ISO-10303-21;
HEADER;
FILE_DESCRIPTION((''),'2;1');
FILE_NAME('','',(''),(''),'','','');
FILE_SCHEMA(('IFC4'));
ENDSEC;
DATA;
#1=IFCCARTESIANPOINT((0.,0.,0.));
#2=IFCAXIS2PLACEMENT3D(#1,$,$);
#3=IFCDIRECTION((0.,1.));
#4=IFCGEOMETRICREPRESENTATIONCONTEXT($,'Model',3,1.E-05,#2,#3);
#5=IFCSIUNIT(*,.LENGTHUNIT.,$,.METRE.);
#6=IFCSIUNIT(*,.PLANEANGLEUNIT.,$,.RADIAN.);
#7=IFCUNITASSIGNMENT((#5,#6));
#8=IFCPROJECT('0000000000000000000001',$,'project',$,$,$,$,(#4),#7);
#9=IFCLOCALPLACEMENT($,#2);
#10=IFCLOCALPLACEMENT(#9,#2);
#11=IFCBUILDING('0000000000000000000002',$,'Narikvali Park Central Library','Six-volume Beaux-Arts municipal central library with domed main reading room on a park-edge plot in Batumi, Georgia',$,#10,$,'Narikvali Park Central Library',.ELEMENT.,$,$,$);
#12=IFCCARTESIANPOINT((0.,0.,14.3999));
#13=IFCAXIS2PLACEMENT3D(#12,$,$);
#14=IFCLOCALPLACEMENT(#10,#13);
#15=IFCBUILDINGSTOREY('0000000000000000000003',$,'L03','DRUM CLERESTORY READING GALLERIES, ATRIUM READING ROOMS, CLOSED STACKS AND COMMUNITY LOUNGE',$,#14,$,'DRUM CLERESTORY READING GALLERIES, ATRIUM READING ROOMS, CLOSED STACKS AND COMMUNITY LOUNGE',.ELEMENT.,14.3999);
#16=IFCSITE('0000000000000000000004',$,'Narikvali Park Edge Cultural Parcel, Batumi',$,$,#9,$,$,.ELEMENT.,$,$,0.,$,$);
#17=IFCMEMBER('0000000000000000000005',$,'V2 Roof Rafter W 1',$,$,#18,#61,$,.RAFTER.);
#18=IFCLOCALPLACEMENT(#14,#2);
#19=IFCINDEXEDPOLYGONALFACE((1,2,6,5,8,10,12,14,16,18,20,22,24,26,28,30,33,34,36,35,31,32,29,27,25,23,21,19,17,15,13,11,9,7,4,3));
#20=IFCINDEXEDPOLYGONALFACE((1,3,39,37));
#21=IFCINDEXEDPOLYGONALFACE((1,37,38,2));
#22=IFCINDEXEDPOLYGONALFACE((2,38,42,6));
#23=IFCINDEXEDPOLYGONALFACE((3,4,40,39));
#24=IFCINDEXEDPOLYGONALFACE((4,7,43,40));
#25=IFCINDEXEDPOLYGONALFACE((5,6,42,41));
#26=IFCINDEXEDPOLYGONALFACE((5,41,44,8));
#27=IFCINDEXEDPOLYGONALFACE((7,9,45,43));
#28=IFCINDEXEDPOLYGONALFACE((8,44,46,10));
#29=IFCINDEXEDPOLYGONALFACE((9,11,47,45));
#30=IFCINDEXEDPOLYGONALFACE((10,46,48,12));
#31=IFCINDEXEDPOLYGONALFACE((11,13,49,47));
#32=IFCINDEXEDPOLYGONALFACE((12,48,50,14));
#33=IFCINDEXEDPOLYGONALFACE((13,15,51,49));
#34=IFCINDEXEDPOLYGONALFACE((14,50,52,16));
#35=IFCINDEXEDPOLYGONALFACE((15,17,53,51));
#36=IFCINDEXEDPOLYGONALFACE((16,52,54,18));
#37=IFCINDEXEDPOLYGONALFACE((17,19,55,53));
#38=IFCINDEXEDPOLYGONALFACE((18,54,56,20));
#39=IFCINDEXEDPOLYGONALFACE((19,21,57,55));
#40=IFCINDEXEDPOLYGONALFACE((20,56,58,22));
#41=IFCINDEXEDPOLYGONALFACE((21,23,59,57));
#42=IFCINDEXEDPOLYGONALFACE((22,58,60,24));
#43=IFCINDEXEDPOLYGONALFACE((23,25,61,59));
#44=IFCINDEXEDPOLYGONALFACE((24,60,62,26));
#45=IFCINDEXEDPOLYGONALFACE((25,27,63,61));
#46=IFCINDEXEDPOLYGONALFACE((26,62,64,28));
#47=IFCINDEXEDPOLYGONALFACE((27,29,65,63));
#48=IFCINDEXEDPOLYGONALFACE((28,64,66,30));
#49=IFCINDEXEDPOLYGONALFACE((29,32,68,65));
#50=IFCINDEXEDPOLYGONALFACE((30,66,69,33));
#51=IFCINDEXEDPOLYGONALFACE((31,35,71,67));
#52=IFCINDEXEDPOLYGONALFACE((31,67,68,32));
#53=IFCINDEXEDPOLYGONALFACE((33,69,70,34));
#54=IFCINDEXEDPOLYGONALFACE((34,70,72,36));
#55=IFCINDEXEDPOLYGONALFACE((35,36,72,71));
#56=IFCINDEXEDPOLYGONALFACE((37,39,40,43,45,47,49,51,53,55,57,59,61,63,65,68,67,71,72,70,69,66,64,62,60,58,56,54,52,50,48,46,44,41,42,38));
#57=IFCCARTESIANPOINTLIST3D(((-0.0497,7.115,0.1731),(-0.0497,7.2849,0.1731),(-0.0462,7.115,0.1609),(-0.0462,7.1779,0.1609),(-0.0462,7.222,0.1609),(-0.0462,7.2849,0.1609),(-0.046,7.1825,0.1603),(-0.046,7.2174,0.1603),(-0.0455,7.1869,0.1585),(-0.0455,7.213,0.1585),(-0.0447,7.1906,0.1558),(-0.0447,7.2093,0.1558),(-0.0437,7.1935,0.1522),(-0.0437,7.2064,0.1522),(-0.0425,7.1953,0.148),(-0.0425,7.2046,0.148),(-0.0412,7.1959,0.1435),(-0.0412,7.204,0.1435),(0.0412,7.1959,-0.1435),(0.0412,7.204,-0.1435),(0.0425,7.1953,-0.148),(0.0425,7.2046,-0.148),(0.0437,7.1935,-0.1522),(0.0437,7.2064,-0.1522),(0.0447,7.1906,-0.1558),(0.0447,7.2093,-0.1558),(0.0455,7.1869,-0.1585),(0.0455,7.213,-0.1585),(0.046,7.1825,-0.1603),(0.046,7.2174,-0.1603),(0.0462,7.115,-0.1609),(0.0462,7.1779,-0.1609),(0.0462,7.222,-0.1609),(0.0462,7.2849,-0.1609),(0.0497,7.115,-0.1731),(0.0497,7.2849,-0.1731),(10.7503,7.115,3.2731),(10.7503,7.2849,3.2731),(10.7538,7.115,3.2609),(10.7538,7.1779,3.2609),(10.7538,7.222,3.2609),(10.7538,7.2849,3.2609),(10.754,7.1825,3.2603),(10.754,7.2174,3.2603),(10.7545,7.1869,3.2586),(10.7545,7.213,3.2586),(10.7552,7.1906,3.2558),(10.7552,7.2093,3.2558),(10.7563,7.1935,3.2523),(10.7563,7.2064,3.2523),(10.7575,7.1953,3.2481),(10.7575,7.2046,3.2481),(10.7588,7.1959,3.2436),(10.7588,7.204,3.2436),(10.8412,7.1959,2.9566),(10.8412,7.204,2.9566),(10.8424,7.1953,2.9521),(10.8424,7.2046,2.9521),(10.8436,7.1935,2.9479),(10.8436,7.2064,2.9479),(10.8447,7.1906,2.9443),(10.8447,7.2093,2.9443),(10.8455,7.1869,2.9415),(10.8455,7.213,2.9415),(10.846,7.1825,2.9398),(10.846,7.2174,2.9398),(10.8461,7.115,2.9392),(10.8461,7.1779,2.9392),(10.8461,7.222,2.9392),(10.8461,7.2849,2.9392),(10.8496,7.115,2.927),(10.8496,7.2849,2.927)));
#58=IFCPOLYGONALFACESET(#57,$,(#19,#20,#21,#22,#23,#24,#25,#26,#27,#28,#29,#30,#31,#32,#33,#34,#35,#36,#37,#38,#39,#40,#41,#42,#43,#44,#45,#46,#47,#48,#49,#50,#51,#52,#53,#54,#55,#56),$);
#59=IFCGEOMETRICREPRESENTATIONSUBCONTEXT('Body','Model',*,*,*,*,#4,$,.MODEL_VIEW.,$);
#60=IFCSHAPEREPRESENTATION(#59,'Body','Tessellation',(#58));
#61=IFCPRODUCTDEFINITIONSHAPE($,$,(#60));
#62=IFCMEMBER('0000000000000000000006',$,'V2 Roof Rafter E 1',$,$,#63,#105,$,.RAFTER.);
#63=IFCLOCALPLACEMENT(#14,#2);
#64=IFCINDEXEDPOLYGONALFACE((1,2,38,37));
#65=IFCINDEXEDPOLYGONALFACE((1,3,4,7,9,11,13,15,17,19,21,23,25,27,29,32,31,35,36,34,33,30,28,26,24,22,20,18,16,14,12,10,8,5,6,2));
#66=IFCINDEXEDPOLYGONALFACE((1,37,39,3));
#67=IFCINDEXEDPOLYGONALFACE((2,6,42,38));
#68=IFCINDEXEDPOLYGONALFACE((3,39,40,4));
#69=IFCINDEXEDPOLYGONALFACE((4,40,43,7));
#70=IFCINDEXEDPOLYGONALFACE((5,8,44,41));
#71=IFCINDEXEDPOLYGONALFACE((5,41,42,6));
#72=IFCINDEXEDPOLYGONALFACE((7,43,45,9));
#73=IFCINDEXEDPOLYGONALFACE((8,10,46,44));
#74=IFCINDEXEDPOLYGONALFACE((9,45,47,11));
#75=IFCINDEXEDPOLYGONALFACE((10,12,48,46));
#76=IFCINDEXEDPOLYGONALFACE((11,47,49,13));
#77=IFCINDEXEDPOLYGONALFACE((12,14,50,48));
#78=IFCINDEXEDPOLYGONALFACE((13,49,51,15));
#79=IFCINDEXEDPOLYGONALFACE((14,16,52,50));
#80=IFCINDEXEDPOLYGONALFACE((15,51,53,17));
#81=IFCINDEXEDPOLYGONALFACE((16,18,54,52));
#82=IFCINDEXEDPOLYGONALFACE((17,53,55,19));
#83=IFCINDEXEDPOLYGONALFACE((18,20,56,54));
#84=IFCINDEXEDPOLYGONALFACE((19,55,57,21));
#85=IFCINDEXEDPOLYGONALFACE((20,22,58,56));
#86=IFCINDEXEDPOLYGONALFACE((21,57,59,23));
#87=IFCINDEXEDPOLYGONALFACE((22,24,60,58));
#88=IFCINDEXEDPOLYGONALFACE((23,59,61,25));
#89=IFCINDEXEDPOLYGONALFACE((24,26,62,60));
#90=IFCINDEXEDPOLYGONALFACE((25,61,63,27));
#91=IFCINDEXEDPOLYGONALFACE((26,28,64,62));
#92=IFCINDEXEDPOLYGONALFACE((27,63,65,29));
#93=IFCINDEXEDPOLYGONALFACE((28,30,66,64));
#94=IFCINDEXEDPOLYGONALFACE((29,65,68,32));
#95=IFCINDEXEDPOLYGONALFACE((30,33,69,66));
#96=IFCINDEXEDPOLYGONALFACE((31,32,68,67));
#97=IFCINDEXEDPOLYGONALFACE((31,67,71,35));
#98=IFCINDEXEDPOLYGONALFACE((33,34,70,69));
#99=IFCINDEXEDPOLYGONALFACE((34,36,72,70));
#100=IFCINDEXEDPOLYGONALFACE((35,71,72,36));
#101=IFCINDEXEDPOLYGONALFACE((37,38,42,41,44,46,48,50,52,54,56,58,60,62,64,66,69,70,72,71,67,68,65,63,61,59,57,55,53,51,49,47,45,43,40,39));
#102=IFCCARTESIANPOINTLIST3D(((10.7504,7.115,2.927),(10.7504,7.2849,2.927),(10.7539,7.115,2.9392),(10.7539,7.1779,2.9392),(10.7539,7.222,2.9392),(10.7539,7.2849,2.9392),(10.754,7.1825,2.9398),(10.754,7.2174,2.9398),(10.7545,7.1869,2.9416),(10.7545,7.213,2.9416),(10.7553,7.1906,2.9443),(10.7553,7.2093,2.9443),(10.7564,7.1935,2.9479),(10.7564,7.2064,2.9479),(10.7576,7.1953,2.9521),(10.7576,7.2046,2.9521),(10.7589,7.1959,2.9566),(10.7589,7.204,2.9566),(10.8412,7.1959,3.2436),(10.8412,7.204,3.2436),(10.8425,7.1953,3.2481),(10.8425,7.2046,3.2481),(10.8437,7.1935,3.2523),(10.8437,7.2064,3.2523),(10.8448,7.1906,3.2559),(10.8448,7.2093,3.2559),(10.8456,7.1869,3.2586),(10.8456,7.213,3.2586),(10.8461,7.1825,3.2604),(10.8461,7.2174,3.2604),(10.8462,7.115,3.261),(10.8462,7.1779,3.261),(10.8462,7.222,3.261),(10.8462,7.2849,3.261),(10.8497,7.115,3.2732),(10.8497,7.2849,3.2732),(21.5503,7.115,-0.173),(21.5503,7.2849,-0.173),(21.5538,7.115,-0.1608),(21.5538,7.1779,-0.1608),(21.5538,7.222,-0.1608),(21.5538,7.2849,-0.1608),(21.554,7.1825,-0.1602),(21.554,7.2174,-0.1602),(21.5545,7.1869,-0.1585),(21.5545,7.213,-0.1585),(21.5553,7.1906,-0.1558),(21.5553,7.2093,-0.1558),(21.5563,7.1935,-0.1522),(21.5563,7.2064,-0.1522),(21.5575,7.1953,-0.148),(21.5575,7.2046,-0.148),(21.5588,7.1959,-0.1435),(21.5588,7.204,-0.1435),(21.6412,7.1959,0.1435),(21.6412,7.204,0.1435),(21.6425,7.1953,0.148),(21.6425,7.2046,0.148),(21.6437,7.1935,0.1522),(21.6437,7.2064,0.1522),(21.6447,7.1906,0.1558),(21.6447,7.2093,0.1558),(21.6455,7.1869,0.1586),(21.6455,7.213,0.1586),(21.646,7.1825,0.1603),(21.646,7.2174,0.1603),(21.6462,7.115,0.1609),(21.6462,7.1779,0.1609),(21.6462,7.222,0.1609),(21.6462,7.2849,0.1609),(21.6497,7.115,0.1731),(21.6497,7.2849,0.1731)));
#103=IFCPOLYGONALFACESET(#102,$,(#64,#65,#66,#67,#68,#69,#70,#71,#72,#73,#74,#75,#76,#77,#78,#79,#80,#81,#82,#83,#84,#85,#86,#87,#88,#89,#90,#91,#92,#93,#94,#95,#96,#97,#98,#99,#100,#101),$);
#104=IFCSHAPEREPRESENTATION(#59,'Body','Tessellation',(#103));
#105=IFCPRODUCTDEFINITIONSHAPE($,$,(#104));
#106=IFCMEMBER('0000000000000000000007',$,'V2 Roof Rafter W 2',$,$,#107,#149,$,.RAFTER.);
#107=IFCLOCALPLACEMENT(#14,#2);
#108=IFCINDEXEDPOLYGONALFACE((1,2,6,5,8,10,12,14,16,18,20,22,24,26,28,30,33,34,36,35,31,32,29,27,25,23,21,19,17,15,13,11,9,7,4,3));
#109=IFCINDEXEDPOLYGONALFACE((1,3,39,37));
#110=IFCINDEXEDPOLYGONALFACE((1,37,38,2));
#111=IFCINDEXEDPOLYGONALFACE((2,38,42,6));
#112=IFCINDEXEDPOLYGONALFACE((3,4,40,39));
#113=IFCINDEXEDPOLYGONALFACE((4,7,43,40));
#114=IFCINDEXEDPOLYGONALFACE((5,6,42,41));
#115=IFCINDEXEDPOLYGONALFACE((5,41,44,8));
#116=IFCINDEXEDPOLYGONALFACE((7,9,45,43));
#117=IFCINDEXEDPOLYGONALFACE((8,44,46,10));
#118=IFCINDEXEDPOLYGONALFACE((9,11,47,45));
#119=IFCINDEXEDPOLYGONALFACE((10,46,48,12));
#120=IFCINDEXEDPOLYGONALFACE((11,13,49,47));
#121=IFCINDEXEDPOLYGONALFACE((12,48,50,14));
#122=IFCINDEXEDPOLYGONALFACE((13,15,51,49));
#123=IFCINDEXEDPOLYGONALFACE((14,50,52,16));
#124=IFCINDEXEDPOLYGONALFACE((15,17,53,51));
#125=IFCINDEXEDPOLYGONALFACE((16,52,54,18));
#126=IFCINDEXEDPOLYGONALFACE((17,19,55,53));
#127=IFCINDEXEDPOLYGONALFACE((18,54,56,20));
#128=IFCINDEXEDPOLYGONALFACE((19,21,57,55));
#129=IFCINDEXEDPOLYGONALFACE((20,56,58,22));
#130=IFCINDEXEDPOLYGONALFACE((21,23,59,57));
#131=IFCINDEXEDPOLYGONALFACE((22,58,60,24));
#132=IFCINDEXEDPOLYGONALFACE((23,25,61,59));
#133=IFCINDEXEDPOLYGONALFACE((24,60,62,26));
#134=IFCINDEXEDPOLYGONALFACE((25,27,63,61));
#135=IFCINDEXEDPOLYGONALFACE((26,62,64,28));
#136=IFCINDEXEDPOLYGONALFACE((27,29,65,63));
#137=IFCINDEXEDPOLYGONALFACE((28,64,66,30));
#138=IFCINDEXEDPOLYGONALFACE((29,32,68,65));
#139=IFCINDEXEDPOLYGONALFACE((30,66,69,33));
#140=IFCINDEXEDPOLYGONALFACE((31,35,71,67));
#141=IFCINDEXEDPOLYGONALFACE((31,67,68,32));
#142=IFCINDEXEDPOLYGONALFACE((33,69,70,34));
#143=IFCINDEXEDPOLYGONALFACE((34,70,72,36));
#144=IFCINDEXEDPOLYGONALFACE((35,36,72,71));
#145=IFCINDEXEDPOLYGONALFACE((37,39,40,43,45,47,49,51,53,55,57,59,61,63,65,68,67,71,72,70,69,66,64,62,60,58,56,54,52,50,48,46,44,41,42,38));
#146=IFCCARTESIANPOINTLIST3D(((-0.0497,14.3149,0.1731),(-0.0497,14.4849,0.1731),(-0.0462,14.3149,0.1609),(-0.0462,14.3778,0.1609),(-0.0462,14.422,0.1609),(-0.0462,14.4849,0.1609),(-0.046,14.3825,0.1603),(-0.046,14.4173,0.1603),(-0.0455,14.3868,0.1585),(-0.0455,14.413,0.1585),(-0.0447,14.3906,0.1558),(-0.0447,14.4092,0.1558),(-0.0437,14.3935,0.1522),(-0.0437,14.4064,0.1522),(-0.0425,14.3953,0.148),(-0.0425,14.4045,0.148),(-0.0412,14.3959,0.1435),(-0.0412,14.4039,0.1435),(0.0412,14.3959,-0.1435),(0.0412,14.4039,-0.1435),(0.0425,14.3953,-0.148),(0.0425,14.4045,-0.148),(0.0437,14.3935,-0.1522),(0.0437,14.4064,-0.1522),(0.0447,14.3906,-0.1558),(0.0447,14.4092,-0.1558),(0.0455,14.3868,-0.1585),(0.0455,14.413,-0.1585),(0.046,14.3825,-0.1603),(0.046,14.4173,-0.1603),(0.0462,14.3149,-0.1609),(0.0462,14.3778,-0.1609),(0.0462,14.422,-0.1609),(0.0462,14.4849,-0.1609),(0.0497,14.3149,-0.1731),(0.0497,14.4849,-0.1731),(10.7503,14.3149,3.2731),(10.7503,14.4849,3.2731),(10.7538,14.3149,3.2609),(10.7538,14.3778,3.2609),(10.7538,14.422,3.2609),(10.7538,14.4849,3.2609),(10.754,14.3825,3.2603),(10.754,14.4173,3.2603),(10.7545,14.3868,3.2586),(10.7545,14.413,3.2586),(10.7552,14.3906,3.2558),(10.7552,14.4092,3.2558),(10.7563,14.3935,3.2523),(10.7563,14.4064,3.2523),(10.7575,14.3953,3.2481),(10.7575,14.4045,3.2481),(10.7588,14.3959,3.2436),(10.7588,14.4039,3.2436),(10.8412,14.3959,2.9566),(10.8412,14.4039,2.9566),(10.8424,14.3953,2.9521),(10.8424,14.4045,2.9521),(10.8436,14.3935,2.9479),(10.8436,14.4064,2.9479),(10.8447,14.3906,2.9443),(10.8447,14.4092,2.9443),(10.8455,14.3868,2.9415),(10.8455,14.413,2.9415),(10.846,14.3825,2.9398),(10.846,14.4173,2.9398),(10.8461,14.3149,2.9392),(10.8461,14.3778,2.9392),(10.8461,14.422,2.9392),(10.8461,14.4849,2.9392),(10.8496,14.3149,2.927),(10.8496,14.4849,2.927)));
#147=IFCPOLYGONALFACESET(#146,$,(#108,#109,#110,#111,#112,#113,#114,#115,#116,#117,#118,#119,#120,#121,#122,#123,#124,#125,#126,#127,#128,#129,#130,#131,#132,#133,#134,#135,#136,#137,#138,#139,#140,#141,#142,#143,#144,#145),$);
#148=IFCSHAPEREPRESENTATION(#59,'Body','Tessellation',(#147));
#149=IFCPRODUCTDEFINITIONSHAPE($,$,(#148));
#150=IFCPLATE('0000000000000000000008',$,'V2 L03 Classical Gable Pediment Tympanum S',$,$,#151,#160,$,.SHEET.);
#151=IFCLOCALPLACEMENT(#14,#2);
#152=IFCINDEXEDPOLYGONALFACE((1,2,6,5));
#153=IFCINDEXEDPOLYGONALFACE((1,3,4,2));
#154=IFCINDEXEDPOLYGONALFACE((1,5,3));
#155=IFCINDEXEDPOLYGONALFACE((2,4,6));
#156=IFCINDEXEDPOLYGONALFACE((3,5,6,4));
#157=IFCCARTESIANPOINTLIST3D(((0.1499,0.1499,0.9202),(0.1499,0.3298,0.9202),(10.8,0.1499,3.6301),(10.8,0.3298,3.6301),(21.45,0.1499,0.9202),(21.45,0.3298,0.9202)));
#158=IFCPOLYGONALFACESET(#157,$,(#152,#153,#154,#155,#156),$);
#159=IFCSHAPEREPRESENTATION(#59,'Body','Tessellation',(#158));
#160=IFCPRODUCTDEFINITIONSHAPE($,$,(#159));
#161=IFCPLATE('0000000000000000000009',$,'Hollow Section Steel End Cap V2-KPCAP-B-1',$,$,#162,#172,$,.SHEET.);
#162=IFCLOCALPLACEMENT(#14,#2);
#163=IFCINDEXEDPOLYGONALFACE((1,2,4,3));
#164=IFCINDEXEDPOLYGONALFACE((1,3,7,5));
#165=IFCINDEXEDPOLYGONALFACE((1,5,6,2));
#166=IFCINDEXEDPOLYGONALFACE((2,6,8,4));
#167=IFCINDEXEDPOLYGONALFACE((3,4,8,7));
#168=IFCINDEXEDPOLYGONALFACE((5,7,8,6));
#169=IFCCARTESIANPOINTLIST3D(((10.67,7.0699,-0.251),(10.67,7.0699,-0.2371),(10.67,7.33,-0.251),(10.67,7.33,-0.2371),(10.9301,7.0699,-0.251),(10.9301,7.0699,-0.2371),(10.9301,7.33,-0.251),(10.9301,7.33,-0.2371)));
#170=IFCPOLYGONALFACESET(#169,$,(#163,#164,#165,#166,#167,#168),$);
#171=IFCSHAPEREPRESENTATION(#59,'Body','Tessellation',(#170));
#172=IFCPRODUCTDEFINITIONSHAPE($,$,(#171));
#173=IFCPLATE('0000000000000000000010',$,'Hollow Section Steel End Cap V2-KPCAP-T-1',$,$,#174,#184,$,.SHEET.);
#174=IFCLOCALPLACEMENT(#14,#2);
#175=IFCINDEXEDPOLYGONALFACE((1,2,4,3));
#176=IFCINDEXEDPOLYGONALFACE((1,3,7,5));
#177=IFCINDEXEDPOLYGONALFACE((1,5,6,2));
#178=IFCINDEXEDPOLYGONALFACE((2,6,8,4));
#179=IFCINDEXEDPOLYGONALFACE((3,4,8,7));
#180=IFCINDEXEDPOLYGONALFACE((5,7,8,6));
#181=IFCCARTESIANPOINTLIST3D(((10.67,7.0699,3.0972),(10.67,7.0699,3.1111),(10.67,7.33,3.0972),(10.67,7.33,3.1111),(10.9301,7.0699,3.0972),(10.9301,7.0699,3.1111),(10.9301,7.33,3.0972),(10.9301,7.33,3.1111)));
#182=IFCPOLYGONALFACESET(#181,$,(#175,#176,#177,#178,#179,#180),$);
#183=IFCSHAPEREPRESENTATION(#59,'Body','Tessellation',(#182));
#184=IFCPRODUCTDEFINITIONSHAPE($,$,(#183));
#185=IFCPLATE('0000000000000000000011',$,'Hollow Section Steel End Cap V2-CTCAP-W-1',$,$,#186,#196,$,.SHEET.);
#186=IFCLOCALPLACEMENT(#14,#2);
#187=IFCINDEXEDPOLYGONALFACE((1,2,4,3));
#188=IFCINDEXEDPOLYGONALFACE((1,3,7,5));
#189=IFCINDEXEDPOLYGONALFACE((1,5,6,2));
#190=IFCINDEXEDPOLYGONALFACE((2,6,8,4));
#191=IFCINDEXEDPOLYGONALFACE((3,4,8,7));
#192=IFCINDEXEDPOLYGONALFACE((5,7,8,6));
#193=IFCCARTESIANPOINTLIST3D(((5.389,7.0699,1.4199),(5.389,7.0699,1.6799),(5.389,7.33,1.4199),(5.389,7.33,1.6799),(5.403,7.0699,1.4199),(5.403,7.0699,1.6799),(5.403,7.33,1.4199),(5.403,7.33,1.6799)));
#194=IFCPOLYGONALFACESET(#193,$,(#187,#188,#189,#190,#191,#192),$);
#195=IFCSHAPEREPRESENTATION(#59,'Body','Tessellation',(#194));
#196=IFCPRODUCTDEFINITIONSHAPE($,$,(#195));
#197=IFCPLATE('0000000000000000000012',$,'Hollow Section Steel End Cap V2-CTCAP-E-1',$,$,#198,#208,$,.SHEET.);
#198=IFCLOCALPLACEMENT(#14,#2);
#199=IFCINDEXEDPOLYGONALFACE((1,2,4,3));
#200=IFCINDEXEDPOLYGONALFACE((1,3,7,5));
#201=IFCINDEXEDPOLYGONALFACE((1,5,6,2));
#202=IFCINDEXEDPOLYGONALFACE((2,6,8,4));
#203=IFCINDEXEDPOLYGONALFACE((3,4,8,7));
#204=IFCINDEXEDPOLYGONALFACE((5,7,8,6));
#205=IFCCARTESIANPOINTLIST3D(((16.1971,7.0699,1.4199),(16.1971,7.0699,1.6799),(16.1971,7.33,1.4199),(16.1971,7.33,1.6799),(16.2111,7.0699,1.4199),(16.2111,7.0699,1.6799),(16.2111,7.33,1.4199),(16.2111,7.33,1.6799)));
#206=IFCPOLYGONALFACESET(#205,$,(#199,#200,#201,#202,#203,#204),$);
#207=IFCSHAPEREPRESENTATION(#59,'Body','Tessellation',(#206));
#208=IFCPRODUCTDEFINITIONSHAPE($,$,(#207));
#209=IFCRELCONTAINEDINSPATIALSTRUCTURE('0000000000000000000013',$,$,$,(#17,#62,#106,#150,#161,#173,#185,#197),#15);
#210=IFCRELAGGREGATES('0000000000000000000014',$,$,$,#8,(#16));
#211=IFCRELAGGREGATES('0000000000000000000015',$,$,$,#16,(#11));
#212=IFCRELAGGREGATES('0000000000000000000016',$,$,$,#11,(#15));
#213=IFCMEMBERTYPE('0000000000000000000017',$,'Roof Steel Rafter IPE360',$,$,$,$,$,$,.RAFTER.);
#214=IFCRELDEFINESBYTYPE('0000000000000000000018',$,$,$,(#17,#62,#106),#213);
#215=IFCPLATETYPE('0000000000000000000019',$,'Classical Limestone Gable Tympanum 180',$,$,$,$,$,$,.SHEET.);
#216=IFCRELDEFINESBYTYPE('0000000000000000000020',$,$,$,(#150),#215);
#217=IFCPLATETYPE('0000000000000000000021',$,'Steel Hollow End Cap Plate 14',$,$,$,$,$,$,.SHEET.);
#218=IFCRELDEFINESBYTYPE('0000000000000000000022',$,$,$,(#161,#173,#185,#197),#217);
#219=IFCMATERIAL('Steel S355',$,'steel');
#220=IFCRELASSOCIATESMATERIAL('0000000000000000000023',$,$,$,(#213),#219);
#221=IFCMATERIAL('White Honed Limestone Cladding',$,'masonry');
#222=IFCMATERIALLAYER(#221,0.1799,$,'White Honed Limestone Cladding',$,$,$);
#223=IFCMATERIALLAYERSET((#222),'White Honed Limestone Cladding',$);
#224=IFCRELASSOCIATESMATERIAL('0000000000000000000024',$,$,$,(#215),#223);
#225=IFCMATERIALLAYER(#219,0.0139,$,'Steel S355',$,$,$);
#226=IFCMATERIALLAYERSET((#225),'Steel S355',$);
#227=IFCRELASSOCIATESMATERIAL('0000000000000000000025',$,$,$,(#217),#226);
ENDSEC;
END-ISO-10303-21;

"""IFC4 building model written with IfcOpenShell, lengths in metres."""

from ifc_helpers import new_model, si_unit, direction, frame, origin, origin_2d, place, context, subcontext, project, spatial, polyline, rectangle, i_section, outline, extrude, material, layer, layer_set, material_profile, profile_set, type_object, element, save


model = new_model("IFC4")

# Units and contexts
model_context = context("Model", 3, precision=1e-05, world=origin(), true_north=direction((0.0, 1.0)))
body_context = subcontext(model_context, "Body", "Model", "MODEL_VIEW")
ifc_project = project(units=[si_unit("LENGTHUNIT", "METRE"), si_unit("PLANEANGLEUNIT", "RADIAN")], contexts=[model_context])

# Site, building, storey
site_placement = place(None, origin())
site = spatial("IfcSite", under=ifc_project, at=site_placement, Name="Narikvali Park Edge Cultural Parcel, Batumi", CompositionType="ELEMENT", RefElevation=0.0)
building_placement = place(site_placement, origin())
building = spatial("IfcBuilding", under=site, at=building_placement, Name="Narikvali Park Central Library", Description="Six-volume Beaux-Arts municipal central library with domed main reading room on a park-edge plot in Batumi, Georgia", LongName="Narikvali Park Central Library", CompositionType="ELEMENT")
storey_placement = place(building_placement, frame((0.0, 0.0, 14.3999)))
storey = spatial("IfcBuildingStorey", under=building, at=storey_placement, Name="L03", Description="DRUM CLERESTORY READING GALLERIES, ATRIUM READING ROOMS, CLOSED STACKS AND COMMUNITY LOUNGE", LongName="DRUM CLERESTORY READING GALLERIES, ATRIUM READING ROOMS, CLOSED STACKS AND COMMUNITY LOUNGE", CompositionType="ELEMENT", Elevation=14.3999)

# Shared definitions
ifc_material_1 = material(Name="Steel S355", Category="steel")

# Members
ifc_material_profile_1 = material_profile(ifc_material_1, i_section(OverallWidth=0.1699, OverallDepth=0.3601, WebThickness=0.0081, FlangeThickness=0.0127, FilletRadius=0.0181, at=origin_2d()), Name="IPE 360")
ifc_profile_set_1 = profile_set([ifc_material_profile_1], Name="Steel S355")
member_type_1 = type_object("IfcMemberType", Name="Roof Steel Rafter IPE360", PredefinedType="RAFTER", material=ifc_profile_set_1)
for number, where, z_axis, x_axis, name in (
    (1, (0.0, 7.2, 0.0), (0.961185, 0.0, 0.275903), (0.0, 1.0, 0.0), "V2 Roof Rafter W 1"),
    (2, (10.8, 7.2, 3.1001), (0.961185, 0.0, -0.275903), (0.0, 1.0, 0.0), "V2 Roof Rafter E 1"),
    (3, (0.0, 14.3999, 0.0), (0.961185, 0.0, 0.275903), (0.0, 1.0, 0.0), "V2 Roof Rafter W 2"),
):
    element("IfcMember", number, at=place(storey_placement, frame(where, z_axis=z_axis, x_axis=x_axis)), inside=storey, type_object=member_type_1, Name=name, PredefinedType="RAFTER", context=body_context, shape_type="SweptSolid", body=[
        extrude(i_section(OverallWidth=0.1699, OverallDepth=0.3601, WebThickness=0.0081, FlangeThickness=0.0127, FilletRadius=0.0181, at=origin_2d()), origin(), (0.0, 0.0, 1.0), 11.2361),
    ])

# Plates
ifc_material_2 = material(Name="White Honed Limestone Cladding", Category="masonry")
ifc_layer_1 = layer(ifc_material_2, 0.1799, Name="White Honed Limestone Cladding")
ifc_layer_set_1 = layer_set([ifc_layer_1], Name="White Honed Limestone Cladding")
plate_type_1 = type_object("IfcPlateType", Name="Classical Limestone Gable Tympanum 180", PredefinedType="SHEET", material=ifc_layer_set_1)
plate_1_placement = place(storey_placement, frame((0.1499, 0.1499, 0.9202), z_axis=(0.0, -1.0, 0.0), x_axis=(1.0, 0.0, 0.0)))
element("IfcPlate", 4, at=plate_1_placement, inside=storey, type_object=plate_type_1, Name="V2 L03 Classical Gable Pediment Tympanum S", PredefinedType="SHEET", context=body_context, shape_type="SweptSolid", body=[
    extrude(outline(polyline([(0.0, 0.0), (21.3, 0.0), (10.6501, 2.71), (0.0, 0.0)])), origin(), (0.0, 0.0, -1.0), 0.1799),
])
ifc_layer_2 = layer(ifc_material_1, 0.0139, Name="Steel S355")
ifc_layer_set_2 = layer_set([ifc_layer_2], Name="Steel S355")
plate_type_2 = type_object("IfcPlateType", Name="Steel Hollow End Cap Plate 14", PredefinedType="SHEET", material=ifc_layer_set_2)
for number, where, z_axis, x_axis, name in (
    (5, (10.8, 7.2, -0.251), (0.0, 0.0, 1.0), (1.0, 0.0, 0.0), "Hollow Section Steel End Cap V2-KPCAP-B-1"),
    (6, (10.8, 7.2, 3.0972), (0.0, 0.0, 1.0), (1.0, 0.0, 0.0), "Hollow Section Steel End Cap V2-KPCAP-T-1"),
):
    element("IfcPlate", number, at=place(storey_placement, frame(where, z_axis=z_axis, x_axis=x_axis)), inside=storey, type_object=plate_type_2, Name=name, PredefinedType="SHEET", context=body_context, shape_type="SweptSolid", body=[
        extrude(rectangle(XDim=0.26, YDim=0.26, at=origin_2d()), origin(), (0.0, 0.0, 1.0), 0.0139),
    ])
for number, where, z_axis, x_axis, name in (
    (7, (5.396, 7.2, 1.4199), (0.0, 0.0, 1.0), (-1.0, 0.0, 0.0), "Hollow Section Steel End Cap V2-CTCAP-W-1"),
    (8, (16.2041, 7.2, 1.4199), (0.0, 0.0, 1.0), (1.0, 0.0, 0.0), "Hollow Section Steel End Cap V2-CTCAP-E-1"),
):
    element("IfcPlate", number, at=place(storey_placement, frame(where, z_axis=z_axis, x_axis=x_axis)), inside=storey, type_object=plate_type_2, Name=name, PredefinedType="SHEET", context=body_context, shape_type="SweptSolid", body=[
        extrude(rectangle(XDim=0.0139, YDim=0.26, at=origin_2d()), origin(), (0.0, 0.0, 1.0), 0.26),
    ])

save(model, "model.ifc")
